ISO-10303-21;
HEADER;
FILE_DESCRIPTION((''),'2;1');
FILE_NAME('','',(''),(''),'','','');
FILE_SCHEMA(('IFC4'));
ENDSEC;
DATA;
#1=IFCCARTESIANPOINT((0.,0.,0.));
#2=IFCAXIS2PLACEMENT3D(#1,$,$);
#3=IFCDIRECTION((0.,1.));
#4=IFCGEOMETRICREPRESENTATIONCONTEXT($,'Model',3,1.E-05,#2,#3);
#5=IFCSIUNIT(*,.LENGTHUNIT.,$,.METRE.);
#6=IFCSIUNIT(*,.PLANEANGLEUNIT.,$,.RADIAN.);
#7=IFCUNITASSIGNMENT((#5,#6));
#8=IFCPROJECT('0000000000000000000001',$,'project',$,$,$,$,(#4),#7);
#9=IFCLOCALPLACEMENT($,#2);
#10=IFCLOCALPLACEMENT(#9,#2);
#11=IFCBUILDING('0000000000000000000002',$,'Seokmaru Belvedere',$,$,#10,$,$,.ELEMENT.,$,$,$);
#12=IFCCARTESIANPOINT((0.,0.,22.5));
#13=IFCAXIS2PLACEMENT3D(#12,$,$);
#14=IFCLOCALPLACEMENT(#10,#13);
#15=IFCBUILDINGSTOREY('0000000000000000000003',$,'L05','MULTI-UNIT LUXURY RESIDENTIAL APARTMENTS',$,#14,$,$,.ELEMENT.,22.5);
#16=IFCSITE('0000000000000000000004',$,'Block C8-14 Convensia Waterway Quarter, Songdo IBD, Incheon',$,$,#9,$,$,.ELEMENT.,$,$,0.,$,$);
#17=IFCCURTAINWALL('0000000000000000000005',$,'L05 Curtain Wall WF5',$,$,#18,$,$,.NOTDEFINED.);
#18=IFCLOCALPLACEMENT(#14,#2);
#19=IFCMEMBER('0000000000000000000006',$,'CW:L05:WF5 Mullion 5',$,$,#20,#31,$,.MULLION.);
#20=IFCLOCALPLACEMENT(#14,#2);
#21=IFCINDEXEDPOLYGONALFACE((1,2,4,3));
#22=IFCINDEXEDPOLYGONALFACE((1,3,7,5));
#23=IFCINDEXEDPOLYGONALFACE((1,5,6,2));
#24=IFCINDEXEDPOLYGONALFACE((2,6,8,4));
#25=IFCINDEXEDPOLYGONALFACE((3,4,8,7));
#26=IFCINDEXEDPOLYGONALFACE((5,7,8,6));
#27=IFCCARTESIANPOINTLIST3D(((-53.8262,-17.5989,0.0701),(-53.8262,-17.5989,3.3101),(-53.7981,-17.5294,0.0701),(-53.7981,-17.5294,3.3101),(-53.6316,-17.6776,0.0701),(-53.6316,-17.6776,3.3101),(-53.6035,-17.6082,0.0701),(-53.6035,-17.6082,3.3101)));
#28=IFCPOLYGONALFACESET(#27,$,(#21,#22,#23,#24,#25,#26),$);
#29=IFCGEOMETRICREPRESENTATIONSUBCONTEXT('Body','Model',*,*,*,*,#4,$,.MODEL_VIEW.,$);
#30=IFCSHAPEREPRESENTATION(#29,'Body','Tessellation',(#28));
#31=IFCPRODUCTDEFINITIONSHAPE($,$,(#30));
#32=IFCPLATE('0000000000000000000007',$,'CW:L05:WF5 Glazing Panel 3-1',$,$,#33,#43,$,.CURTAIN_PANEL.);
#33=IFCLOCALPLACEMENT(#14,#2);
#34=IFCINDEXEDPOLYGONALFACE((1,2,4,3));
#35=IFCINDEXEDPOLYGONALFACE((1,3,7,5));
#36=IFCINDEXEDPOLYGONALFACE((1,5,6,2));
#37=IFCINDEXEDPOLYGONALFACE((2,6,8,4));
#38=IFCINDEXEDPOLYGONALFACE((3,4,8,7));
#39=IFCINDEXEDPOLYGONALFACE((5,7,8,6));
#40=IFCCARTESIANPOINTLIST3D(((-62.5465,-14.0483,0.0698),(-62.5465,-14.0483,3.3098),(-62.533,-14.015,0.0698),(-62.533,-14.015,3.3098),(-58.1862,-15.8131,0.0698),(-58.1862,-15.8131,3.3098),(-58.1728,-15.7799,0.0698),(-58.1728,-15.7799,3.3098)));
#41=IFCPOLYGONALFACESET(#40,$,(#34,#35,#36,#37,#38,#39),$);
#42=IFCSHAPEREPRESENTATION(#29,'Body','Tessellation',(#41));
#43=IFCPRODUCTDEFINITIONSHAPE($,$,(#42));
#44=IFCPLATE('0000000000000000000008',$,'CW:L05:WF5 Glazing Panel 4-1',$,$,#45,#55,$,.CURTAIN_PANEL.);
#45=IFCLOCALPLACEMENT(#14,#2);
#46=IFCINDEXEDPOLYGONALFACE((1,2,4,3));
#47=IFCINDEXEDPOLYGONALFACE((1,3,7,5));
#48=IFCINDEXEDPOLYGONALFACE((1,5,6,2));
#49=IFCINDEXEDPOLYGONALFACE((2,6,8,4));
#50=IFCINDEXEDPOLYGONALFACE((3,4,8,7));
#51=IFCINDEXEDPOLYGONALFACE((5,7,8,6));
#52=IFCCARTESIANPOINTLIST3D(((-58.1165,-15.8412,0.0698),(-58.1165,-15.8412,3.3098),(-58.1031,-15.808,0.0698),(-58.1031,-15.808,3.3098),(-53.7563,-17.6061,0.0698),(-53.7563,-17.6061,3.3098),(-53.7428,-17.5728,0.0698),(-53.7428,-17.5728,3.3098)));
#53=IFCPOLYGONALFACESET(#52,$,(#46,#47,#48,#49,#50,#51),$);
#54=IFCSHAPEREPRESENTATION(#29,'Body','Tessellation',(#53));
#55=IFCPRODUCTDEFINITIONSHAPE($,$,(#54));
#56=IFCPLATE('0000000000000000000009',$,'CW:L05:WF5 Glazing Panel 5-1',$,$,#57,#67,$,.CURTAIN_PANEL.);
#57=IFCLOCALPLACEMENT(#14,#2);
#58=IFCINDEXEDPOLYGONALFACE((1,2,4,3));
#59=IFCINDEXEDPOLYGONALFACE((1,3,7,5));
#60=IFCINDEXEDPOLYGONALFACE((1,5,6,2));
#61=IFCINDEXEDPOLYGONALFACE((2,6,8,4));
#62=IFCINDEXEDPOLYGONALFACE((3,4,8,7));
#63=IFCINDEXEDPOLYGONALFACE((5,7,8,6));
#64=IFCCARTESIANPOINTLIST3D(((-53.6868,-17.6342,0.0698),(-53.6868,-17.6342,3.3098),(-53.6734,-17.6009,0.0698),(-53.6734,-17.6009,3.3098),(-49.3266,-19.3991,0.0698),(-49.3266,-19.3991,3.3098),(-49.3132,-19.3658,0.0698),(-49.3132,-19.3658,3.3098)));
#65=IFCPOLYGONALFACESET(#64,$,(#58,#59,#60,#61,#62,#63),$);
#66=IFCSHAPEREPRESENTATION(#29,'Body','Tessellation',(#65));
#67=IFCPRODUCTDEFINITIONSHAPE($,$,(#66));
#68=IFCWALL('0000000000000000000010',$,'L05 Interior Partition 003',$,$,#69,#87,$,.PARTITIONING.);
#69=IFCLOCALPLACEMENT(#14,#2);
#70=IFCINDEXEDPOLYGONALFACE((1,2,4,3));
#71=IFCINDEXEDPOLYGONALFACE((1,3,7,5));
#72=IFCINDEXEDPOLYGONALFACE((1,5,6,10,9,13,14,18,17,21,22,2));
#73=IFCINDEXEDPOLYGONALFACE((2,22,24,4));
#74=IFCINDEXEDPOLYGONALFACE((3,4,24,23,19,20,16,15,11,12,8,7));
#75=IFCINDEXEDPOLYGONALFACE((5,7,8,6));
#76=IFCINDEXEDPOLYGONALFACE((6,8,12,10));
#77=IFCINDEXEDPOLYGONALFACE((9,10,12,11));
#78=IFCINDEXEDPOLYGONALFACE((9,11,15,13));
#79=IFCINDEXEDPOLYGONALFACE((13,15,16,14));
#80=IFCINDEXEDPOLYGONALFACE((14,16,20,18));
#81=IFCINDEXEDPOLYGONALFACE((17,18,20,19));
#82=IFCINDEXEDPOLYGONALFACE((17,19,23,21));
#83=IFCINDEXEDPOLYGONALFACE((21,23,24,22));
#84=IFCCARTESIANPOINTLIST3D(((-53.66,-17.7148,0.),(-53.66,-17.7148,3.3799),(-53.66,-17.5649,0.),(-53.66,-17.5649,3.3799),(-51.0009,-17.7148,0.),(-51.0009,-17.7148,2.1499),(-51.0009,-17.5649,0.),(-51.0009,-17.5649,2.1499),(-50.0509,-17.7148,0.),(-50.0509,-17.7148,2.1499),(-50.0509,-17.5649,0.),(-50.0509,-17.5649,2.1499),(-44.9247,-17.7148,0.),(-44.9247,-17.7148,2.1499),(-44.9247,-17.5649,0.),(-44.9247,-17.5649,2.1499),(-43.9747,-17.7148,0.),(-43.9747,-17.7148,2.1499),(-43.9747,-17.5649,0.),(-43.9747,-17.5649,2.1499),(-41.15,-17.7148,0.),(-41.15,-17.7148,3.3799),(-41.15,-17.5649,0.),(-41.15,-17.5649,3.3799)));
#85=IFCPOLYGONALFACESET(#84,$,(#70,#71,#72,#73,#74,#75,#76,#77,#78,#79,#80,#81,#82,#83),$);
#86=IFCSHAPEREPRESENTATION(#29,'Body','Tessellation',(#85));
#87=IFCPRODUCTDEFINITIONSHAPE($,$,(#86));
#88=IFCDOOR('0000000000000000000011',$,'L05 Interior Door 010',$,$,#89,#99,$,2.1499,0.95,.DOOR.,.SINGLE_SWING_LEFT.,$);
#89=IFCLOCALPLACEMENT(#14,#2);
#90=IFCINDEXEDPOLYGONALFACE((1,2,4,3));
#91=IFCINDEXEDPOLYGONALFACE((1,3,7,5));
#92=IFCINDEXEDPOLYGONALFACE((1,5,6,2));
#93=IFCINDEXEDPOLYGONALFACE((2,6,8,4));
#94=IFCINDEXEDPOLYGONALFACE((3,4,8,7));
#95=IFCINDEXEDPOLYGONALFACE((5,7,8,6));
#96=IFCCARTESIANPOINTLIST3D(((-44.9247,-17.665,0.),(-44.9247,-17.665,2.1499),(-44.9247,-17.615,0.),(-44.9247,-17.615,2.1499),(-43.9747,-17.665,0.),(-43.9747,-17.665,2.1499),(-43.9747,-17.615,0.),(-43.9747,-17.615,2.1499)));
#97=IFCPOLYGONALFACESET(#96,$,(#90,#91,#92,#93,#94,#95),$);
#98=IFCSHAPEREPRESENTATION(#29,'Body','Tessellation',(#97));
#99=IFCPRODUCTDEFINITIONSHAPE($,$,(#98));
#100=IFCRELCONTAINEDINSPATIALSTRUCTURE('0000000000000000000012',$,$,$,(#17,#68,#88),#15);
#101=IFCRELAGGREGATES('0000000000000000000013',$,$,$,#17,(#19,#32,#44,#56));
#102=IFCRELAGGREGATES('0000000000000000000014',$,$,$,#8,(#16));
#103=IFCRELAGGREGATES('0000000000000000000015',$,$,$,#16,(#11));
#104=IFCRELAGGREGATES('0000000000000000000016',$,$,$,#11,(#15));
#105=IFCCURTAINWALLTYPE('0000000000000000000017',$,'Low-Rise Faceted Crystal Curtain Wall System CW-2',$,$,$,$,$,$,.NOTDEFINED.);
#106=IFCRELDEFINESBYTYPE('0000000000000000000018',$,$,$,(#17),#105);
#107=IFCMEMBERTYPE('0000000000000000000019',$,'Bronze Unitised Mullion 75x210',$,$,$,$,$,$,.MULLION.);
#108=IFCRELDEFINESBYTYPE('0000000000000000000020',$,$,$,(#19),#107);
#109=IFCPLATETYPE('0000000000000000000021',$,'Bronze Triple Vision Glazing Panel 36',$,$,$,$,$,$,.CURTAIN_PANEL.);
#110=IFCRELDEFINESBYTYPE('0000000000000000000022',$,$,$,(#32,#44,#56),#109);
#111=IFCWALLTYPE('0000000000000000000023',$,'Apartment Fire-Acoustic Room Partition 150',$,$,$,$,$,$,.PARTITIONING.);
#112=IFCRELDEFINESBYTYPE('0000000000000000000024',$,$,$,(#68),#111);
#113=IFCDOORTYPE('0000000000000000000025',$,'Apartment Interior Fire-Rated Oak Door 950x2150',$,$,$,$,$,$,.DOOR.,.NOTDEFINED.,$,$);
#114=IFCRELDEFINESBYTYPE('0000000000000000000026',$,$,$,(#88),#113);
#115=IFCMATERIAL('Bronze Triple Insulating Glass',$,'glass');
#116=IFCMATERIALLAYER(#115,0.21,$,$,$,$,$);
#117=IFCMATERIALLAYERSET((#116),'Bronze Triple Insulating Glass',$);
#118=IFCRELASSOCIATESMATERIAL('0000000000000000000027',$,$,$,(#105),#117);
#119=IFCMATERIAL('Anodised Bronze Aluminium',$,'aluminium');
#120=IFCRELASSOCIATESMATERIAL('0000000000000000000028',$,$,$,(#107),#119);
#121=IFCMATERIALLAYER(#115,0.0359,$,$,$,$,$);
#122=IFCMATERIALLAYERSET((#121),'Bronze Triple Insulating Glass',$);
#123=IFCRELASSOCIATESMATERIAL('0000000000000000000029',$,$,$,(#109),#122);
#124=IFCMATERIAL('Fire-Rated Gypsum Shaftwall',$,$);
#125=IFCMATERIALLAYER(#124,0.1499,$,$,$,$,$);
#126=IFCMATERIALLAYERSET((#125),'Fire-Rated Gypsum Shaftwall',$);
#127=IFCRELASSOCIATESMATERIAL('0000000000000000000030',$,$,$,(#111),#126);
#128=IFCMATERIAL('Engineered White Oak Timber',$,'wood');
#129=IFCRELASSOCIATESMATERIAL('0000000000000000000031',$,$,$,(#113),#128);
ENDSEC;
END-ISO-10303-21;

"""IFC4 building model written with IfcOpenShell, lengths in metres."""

from ifc_helpers import new_model, si_unit, direction, frame, frame_2d, origin, origin_2d, place, context, subcontext, project, spatial, rectangle, extrude, source, transform, mapped, material, layer, layer_set, material_profile, profile_set, type_object, type_shapes, element, fill, aggregate, save


model = new_model("IFC4")

# Units and contexts
model_context = context("Model", 3, precision=1e-05, world=origin(), true_north=direction((0.0, 1.0)))
body_context = subcontext(model_context, "Body", "Model", "MODEL_VIEW")
ifc_project = project(units=[si_unit("LENGTHUNIT", "METRE"), si_unit("PLANEANGLEUNIT", "RADIAN")], contexts=[model_context])

# Site, building, storey
site_placement = place(None, origin())
site = spatial("IfcSite", under=ifc_project, at=site_placement, Name="Block C8-14 Convensia Waterway Quarter, Songdo IBD, Incheon", CompositionType="ELEMENT", RefElevation=0.0)
building_placement = place(site_placement, origin())
building = spatial("IfcBuilding", under=site, at=building_placement, Name="Seokmaru Belvedere", CompositionType="ELEMENT")
storey_placement = place(building_placement, frame((0.0, 0.0, 22.5)))
storey = spatial("IfcBuildingStorey", under=building, at=storey_placement, Name="L05", Description="MULTI-UNIT LUXURY RESIDENTIAL APARTMENTS", CompositionType="ELEMENT", Elevation=22.5)

# Curtain wall, member, plates
ifc_material_1 = material(Name="Bronze Triple Insulating Glass", Category="glass")
ifc_layer_1 = layer(ifc_material_1, 0.21)
ifc_layer_set_1 = layer_set([ifc_layer_1], Name="Bronze Triple Insulating Glass")
curtain_wall_type = type_object("IfcCurtainWallType", Name="Low-Rise Faceted Crystal Curtain Wall System CW-2", PredefinedType="NOTDEFINED", material=ifc_layer_set_1)
curtain_wall_placement = place(storey_placement, origin())
curtain_wall = element("IfcCurtainWall", 1, at=curtain_wall_placement, inside=storey, type_object=curtain_wall_type, Name="L05 Curtain Wall WF5", PredefinedType="NOTDEFINED")
ifc_material_2 = material(Name="Anodised Bronze Aluminium", Category="aluminium")
ifc_material_profile_1 = material_profile(ifc_material_2, rectangle(XDim=0.075, YDim=0.21, at=origin_2d()), Name="CW-M-75x210")
ifc_profile_set_1 = profile_set([ifc_material_profile_1], Name="Anodised Bronze Aluminium")
member_type = type_object("IfcMemberType", Name="Bronze Unitised Mullion 75x210", PredefinedType="MULLION", material=ifc_profile_set_1)
shared_shape_1 = source(origin(), body_context, "Body", "SweptSolid", [
    extrude(rectangle(XDim=0.075, YDim=0.21, at=origin_2d()), origin(), (0.0, 0.0, 1.0), 3.24),
])
type_shapes(member_type, [shared_shape_1])
member_1_placement = place(storey_placement, frame((-53.7148, -17.6035, 0.0701), z_axis=(0.0, 0.0, 1.0), x_axis=(0.375192, 0.926947, 0.0)))
member_1 = element("IfcMember", 2, at=member_1_placement, type_object=member_type, Name="CW:L05:WF5 Mullion 5", PredefinedType="MULLION", context=body_context, shape_type="MappedRepresentation", body=[
    mapped(shared_shape_1, transform((0.0, 0.0, 0.0), scale=1.0)),
])
ifc_layer_2 = layer(ifc_material_1, 0.0359)
ifc_layer_set_2 = layer_set([ifc_layer_2], Name="Bronze Triple Insulating Glass")
plate_type = type_object("IfcPlateType", Name="Bronze Triple Vision Glazing Panel 36", PredefinedType="CURTAIN_PANEL", material=ifc_layer_set_2)
shared_shape_2 = source(origin(), body_context, "Body", "SweptSolid", [
    extrude(rectangle(XDim=4.7039, YDim=0.0359, at=origin_2d()), origin(), (0.0, 0.0, 1.0), 3.24),
])
type_shapes(plate_type, [shared_shape_2])
plate_1_placement = place(storey_placement, frame((-60.3596, -14.9141, 0.0698), z_axis=(0.0, 0.0, 1.0), x_axis=(0.926947, -0.375192, 0.0)))
plate_1 = element("IfcPlate", 3, at=plate_1_placement, type_object=plate_type, Name="CW:L05:WF5 Glazing Panel 3-1", PredefinedType="CURTAIN_PANEL", context=body_context, shape_type="MappedRepresentation", body=[
    mapped(shared_shape_2, transform((0.0, 0.0, 0.0), scale=1.0)),
])
plate_2_placement = place(storey_placement, frame((-55.9297, -16.707, 0.0698), z_axis=(0.0, 0.0, 1.0), x_axis=(0.926947, -0.375192, 0.0)))
plate_2 = element("IfcPlate", 4, at=plate_2_placement, type_object=plate_type, Name="CW:L05:WF5 Glazing Panel 4-1", PredefinedType="CURTAIN_PANEL", context=body_context, shape_type="MappedRepresentation", body=[
    mapped(shared_shape_2, transform((0.0, 0.0, 0.0), scale=1.0)),
])
plate_3_placement = place(storey_placement, frame((-51.5, -18.5, 0.0698), z_axis=(0.0, 0.0, 1.0), x_axis=(0.926947, -0.375192, 0.0)))
plate_3 = element("IfcPlate", 5, at=plate_3_placement, type_object=plate_type, Name="CW:L05:WF5 Glazing Panel 5-1", PredefinedType="CURTAIN_PANEL", context=body_context, shape_type="MappedRepresentation", body=[
    mapped(shared_shape_2, transform((0.0, 0.0, 0.0), scale=1.0)),
])
aggregate(curtain_wall, [member_1, plate_1, plate_2, plate_3])

# Wall, openings, door
ifc_material_3 = material(Name="Fire-Rated Gypsum Shaftwall")
ifc_layer_3 = layer(ifc_material_3, 0.1499)
ifc_layer_set_3 = layer_set([ifc_layer_3], Name="Fire-Rated Gypsum Shaftwall")
wall_type = type_object("IfcWallType", Name="Apartment Fire-Acoustic Room Partition 150", PredefinedType="PARTITIONING", material=ifc_layer_set_3)
wall_1_placement = place(storey_placement, frame((-53.6599, -17.6399, 0.0), z_axis=(0.0, 0.0, 1.0), x_axis=(1.0, 0.0, 0.0)))
wall_1 = element("IfcWall", 6, at=wall_1_placement, inside=storey, type_object=wall_type, Name="L05 Interior Partition 003", PredefinedType="PARTITIONING", context=body_context, shape_type="SweptSolid", body=[
    extrude(rectangle(XDim=12.51, YDim=0.1499, at=frame_2d((6.2549, 0.0))), origin(), (0.0, 0.0, 1.0), 3.3799),
])
opening_1_placement = place(wall_1_placement, frame((8.7351, 0.0, 0.0)))
opening_1 = element("IfcOpeningElement", 7, at=opening_1_placement, cuts=wall_1, PredefinedType="OPENING", context=body_context, shape_type="SweptSolid", body=[
    extrude(rectangle(XDim=0.95, YDim=2.1499, at=frame_2d((0.4751, 1.075))), frame((0.0, 0.085, 0.0), z_axis=(0.0, -1.0, 0.0), x_axis=(1.0, 0.0, 0.0)), (0.0, 0.0, 1.0), 0.1699),
])
opening_2_placement = place(wall_1_placement, frame((2.6589, 0.0, 0.0)))
element("IfcOpeningElement", 8, at=opening_2_placement, cuts=wall_1, PredefinedType="OPENING", context=body_context, shape_type="SweptSolid", body=[
    extrude(rectangle(XDim=0.95, YDim=2.1499, at=frame_2d((0.4751, 1.075))), frame((0.0, 0.085, 0.0), z_axis=(0.0, -1.0, 0.0), x_axis=(1.0, 0.0, 0.0)), (0.0, 0.0, 1.0), 0.1699),
])
ifc_material_4 = material(Name="Engineered White Oak Timber", Category="wood")
door_type = type_object("IfcDoorType", Name="Apartment Interior Fire-Rated Oak Door 950x2150", OperationType="NOTDEFINED", PredefinedType="DOOR", material=ifc_material_4)
shared_shape_3 = source(origin(), body_context, "Body", "SweptSolid", [
    extrude(rectangle(XDim=0.95, YDim=2.1499, at=frame_2d((0.4751, 1.075))), frame((0.0, 0.0249, 0.0), z_axis=(0.0, -1.0, 0.0), x_axis=(1.0, 0.0, 0.0)), (0.0, 0.0, 1.0), 0.05),
])
type_shapes(door_type, [shared_shape_3])
door_1_placement = place(opening_1_placement, origin())
door_1 = element("IfcDoor", 9, at=door_1_placement, inside=storey, type_object=door_type, Name="L05 Interior Door 010", OperationType="SINGLE_SWING_LEFT", OverallHeight=2.1499, OverallWidth=0.95, PredefinedType="DOOR", context=body_context, shape_type="MappedRepresentation", body=[
    mapped(shared_shape_3, transform((0.0, 0.0, 0.0), scale=1.0)),
])
fill(opening_1, door_1)

save(model, "model.ifc")
